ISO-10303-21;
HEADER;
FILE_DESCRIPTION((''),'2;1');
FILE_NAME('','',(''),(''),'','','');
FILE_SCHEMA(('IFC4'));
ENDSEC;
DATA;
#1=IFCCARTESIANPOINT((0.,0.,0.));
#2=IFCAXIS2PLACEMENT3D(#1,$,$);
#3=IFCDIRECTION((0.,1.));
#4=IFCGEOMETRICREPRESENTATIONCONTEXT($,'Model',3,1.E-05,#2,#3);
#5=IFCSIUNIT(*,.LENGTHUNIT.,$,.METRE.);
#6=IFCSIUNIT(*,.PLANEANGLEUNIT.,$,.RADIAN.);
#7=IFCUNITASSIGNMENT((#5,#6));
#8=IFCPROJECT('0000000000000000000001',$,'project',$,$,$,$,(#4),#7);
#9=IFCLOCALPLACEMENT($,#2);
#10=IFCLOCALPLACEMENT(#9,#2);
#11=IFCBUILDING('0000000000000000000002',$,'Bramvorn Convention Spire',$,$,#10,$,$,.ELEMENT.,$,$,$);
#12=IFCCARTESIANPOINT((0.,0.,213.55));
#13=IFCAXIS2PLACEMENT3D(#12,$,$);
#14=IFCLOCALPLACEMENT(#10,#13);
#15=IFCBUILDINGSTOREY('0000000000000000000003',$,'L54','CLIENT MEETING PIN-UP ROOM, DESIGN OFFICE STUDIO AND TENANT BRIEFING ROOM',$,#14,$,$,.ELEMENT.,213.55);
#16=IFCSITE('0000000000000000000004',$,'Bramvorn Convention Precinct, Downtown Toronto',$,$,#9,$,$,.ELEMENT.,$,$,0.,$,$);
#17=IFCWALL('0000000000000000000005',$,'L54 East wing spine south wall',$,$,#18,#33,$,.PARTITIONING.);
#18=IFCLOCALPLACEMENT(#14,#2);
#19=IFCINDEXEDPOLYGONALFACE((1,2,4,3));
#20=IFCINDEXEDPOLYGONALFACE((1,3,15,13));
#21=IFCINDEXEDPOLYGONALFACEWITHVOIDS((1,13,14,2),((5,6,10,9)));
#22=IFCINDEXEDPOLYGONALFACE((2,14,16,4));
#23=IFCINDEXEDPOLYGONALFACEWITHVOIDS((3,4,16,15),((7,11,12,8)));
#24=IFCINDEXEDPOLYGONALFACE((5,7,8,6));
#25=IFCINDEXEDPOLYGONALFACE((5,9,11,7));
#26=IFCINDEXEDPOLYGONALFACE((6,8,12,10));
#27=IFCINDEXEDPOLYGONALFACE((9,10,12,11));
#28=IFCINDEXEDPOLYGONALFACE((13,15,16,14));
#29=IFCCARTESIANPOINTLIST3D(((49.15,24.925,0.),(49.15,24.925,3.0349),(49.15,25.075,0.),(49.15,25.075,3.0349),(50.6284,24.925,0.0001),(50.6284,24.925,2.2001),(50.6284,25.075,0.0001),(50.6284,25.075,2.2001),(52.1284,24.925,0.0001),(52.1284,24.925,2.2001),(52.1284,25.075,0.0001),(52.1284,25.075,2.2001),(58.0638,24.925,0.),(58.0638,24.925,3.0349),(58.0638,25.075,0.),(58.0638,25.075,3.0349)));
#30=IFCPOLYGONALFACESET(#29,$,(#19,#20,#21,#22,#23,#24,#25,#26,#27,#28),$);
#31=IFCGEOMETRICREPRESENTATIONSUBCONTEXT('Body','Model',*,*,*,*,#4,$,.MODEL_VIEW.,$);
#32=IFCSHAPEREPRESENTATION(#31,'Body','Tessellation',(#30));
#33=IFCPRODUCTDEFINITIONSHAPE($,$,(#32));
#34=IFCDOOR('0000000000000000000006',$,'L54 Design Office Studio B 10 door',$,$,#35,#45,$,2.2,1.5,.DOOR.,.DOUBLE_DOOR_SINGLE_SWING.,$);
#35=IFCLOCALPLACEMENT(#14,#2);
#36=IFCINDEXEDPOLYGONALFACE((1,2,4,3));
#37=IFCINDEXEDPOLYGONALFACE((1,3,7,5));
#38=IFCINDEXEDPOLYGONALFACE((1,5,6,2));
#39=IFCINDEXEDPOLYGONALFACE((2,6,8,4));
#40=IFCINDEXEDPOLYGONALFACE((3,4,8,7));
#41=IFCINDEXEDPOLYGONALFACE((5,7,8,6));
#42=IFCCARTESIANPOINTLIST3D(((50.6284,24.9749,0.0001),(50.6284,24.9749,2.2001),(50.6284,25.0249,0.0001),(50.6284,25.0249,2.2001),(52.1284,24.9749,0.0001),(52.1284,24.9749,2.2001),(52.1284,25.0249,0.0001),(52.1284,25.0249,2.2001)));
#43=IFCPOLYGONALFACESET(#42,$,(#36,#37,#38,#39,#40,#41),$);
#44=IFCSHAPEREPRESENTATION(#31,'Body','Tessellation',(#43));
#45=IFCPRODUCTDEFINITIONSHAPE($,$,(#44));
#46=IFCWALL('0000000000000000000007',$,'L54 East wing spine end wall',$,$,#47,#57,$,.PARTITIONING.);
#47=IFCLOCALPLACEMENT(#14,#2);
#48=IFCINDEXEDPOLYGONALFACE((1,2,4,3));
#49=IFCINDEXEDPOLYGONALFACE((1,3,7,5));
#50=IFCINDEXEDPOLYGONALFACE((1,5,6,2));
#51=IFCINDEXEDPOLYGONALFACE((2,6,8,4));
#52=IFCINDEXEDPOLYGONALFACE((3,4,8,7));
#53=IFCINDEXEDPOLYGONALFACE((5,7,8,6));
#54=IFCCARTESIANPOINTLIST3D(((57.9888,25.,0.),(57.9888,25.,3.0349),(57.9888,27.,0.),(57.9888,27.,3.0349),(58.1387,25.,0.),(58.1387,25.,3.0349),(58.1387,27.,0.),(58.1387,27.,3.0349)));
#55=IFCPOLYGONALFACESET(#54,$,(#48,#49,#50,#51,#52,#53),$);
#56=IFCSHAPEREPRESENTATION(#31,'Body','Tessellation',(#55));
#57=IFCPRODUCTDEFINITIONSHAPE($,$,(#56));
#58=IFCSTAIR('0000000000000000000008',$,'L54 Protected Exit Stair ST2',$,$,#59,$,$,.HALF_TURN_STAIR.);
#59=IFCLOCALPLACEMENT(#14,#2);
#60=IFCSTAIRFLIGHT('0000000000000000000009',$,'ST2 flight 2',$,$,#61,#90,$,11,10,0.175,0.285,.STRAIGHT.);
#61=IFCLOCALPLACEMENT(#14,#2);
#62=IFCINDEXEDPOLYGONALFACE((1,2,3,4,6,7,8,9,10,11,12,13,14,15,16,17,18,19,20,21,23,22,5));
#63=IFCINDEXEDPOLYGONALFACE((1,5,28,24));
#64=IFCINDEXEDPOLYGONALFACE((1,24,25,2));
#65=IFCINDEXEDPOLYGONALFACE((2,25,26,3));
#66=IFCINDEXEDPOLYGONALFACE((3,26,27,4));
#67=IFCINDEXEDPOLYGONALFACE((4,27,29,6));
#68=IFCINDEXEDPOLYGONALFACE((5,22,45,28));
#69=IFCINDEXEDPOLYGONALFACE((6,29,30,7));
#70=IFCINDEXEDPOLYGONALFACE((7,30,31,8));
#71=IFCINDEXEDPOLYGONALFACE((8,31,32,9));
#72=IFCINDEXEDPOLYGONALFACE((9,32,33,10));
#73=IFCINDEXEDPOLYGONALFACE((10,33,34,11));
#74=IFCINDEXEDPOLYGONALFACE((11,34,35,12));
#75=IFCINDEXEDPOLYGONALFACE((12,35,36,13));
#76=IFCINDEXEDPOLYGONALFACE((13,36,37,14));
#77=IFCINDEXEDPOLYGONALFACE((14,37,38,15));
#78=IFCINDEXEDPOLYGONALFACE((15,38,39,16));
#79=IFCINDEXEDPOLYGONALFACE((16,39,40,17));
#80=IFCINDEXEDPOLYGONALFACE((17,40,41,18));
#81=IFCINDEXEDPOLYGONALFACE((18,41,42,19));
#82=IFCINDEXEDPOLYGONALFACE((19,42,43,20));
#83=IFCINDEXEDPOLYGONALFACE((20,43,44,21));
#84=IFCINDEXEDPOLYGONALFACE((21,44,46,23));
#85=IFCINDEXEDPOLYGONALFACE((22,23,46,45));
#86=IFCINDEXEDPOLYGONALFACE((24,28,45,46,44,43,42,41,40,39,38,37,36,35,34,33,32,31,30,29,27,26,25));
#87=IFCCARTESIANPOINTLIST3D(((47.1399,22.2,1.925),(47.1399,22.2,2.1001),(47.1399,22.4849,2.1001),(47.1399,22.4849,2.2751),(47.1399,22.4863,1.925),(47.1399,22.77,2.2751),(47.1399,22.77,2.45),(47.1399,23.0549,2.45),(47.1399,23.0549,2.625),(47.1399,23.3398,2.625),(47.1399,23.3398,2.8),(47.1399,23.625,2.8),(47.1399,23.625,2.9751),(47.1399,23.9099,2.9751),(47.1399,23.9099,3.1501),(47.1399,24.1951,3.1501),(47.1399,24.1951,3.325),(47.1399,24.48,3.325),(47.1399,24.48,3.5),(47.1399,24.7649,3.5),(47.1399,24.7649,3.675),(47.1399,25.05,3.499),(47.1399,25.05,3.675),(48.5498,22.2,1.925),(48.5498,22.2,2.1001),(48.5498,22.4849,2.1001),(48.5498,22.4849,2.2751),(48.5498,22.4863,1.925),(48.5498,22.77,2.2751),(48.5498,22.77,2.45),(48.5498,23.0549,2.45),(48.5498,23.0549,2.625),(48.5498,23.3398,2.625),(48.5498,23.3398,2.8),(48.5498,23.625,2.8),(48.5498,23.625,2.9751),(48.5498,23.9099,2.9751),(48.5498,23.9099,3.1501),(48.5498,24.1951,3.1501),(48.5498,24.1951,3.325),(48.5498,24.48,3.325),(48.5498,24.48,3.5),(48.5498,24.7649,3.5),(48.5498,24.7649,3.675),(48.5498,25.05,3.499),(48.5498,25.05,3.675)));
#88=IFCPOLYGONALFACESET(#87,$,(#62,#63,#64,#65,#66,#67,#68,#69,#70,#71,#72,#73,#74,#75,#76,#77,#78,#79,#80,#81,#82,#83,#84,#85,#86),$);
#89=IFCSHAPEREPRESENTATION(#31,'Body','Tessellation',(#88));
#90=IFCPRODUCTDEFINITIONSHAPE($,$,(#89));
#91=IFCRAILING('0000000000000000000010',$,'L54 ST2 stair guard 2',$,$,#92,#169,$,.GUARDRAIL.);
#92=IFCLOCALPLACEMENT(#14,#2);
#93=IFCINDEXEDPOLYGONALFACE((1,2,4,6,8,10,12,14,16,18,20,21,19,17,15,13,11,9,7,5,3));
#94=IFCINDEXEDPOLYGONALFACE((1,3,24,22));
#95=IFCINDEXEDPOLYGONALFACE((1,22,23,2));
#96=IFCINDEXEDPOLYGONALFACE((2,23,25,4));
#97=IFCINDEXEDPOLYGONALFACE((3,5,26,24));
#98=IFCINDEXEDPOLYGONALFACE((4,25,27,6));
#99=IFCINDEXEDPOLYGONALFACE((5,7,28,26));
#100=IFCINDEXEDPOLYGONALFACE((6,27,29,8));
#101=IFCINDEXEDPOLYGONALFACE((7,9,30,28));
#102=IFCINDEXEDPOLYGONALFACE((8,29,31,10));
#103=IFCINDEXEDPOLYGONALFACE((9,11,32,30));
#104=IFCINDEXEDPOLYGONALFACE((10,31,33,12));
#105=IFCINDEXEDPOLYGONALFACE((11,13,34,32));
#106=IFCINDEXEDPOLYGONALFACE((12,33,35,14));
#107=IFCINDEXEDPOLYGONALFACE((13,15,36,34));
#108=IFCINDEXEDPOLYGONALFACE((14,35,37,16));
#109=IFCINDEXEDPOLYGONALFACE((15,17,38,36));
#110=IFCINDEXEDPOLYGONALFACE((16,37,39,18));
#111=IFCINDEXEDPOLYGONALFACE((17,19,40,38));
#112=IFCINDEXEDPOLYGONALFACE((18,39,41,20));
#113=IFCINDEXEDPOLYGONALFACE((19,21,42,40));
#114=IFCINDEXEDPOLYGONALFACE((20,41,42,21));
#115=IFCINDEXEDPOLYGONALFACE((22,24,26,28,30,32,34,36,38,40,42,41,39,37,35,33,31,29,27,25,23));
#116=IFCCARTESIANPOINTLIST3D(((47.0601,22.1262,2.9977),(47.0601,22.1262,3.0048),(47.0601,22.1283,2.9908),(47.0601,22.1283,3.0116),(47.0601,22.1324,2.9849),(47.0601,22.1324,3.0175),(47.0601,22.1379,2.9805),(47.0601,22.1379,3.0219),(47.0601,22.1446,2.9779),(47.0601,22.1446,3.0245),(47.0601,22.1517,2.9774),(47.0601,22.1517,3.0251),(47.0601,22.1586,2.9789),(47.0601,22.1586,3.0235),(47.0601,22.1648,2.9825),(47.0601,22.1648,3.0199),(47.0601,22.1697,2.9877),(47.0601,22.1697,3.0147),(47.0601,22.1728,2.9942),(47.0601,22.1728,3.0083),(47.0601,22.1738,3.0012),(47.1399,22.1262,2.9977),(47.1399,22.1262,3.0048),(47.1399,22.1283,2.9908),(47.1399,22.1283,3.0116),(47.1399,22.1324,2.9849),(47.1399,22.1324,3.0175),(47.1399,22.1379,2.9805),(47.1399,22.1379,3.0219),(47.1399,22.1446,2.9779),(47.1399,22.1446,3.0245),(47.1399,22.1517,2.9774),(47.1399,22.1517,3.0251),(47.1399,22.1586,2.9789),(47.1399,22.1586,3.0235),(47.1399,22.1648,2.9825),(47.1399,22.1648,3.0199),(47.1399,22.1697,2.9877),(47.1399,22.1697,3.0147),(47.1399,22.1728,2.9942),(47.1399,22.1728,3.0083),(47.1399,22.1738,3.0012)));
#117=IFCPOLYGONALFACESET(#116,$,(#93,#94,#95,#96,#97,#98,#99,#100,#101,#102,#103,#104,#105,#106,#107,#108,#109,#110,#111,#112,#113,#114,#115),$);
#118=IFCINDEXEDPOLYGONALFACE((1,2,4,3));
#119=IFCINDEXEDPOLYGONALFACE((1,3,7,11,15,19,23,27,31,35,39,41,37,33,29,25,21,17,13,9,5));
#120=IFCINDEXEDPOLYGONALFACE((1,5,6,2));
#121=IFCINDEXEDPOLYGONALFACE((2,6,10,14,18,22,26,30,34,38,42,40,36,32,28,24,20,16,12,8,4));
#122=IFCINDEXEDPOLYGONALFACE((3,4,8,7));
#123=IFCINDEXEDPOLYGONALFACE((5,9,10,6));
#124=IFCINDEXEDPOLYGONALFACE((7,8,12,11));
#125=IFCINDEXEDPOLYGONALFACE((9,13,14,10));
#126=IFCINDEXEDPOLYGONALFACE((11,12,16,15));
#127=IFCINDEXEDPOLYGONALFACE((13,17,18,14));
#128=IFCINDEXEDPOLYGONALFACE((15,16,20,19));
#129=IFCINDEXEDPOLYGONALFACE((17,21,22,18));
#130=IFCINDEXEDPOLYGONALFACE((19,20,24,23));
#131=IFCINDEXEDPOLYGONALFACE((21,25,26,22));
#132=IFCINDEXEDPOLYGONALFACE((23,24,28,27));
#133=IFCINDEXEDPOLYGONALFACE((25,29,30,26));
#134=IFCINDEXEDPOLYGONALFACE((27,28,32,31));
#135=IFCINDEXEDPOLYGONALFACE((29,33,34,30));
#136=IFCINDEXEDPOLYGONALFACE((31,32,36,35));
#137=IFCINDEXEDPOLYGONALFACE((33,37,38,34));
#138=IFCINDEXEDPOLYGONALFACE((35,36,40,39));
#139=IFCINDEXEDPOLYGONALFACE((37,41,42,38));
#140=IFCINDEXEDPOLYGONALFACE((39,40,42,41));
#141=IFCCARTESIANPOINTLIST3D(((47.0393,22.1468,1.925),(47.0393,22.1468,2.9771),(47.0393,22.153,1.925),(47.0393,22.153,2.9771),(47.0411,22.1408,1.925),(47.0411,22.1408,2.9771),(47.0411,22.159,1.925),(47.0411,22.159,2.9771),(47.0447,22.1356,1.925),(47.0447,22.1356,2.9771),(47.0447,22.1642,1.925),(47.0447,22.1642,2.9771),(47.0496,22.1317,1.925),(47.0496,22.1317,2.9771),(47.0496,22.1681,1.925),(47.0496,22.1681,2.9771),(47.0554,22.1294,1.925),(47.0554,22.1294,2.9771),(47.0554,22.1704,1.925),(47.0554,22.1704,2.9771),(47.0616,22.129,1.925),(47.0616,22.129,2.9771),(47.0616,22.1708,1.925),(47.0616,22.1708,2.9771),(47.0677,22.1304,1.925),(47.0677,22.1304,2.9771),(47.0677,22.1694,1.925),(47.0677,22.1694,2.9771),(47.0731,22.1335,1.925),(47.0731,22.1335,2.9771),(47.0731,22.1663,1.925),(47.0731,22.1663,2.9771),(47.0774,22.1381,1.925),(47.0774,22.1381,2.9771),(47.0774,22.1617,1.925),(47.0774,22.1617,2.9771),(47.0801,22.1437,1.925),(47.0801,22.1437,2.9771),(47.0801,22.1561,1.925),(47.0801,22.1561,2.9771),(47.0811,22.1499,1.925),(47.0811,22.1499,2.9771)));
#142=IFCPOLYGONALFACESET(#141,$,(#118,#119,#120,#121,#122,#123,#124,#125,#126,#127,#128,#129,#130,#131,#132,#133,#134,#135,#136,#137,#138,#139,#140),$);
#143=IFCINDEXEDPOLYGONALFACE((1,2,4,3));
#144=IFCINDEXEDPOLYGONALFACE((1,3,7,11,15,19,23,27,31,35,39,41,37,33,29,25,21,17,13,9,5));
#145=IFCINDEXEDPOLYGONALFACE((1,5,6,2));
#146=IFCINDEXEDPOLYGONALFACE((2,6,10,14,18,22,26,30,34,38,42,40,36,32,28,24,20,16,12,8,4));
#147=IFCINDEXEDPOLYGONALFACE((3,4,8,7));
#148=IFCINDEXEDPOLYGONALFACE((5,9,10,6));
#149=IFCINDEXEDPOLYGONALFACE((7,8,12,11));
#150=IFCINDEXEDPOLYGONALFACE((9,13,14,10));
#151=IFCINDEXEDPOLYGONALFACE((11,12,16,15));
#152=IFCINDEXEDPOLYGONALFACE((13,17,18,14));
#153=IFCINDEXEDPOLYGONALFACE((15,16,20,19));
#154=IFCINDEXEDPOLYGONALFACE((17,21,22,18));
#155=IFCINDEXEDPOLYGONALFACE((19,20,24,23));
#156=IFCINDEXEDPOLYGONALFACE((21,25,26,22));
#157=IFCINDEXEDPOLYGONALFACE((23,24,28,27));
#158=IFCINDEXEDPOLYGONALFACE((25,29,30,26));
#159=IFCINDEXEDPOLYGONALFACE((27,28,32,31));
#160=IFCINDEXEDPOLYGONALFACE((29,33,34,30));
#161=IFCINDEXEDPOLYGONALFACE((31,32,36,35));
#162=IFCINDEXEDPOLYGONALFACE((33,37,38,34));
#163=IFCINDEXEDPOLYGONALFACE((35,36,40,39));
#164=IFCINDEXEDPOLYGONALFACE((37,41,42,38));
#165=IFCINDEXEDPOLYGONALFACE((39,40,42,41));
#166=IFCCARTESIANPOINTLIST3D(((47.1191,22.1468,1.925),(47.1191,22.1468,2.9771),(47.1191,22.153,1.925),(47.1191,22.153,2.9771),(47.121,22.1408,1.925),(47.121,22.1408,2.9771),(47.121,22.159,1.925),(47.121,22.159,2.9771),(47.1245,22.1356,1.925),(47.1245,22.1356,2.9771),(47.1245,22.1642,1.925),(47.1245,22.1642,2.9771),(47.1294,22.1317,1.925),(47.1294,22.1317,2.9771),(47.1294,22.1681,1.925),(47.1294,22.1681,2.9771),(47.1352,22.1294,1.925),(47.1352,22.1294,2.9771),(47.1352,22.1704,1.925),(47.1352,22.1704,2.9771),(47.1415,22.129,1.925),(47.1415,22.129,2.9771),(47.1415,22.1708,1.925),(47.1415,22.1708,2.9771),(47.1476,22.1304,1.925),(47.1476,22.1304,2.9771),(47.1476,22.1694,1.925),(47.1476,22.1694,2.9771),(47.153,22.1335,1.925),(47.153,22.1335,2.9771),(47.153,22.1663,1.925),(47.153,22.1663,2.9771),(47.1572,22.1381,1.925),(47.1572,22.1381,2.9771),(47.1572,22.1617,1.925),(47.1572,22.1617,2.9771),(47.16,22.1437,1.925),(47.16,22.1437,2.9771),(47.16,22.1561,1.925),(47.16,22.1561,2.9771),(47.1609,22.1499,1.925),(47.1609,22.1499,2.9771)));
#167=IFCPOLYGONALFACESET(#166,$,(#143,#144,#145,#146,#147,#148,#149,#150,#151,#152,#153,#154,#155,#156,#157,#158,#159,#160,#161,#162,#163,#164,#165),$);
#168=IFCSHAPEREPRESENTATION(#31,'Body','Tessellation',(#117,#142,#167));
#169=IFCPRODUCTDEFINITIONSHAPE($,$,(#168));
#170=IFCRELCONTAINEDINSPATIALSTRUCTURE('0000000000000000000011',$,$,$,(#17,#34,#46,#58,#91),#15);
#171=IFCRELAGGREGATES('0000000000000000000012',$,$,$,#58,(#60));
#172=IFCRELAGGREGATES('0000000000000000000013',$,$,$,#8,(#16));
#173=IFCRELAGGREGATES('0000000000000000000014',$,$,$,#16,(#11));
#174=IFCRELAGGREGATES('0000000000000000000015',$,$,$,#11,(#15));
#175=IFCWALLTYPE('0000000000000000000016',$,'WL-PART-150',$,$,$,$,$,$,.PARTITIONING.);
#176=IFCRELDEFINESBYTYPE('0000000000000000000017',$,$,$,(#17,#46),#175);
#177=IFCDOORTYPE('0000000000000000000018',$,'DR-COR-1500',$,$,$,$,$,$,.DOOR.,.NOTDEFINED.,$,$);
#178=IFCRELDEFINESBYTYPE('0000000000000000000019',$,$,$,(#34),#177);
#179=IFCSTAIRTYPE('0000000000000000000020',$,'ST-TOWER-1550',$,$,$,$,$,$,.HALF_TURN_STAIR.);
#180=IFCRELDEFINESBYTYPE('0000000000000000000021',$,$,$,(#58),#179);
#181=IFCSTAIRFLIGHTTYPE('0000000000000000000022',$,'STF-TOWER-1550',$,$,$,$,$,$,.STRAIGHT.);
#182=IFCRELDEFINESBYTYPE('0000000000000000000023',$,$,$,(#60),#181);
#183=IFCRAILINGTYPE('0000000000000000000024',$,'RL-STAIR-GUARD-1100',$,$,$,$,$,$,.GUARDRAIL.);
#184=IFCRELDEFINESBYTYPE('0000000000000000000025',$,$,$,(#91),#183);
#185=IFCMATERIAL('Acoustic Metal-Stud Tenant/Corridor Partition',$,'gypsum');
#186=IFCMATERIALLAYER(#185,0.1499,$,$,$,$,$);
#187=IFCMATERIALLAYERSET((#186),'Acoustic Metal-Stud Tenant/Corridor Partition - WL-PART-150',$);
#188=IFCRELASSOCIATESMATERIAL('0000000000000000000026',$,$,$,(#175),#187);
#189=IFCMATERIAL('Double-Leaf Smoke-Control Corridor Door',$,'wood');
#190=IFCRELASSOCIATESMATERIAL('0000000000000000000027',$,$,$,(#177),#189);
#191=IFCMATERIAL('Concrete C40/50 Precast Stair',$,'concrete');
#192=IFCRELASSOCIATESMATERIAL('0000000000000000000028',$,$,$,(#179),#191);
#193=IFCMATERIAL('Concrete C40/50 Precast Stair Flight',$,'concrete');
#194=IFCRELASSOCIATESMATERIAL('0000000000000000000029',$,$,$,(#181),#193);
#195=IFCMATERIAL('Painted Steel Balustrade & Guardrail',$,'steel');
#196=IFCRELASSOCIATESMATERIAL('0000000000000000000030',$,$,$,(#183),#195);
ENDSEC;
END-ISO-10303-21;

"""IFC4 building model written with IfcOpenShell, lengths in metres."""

from ifc_helpers import new_model, si_unit, direction, frame, frame_2d, origin, origin_2d, place, context, subcontext, project, spatial, polyline, rectangle, circle, outline, extrude, material, layer, layer_set, type_object, element, fill, aggregate, save


model = new_model("IFC4")

# Units and contexts
model_context = context("Model", 3, precision=1e-05, world=origin(), true_north=direction((0.0, 1.0)))
body_context = subcontext(model_context, "Body", "Model", "MODEL_VIEW")
ifc_project = project(units=[si_unit("LENGTHUNIT", "METRE"), si_unit("PLANEANGLEUNIT", "RADIAN")], contexts=[model_context])

# Site, building, storey
site_placement = place(None, origin())
site = spatial("IfcSite", under=ifc_project, at=site_placement, Name="Bramvorn Convention Precinct, Downtown Toronto", CompositionType="ELEMENT", RefElevation=0.0)
building_placement = place(site_placement, origin())
building = spatial("IfcBuilding", under=site, at=building_placement, Name="Bramvorn Convention Spire", CompositionType="ELEMENT")
storey_placement = place(building_placement, frame((0.0, 0.0, 213.55)))
storey = spatial("IfcBuildingStorey", under=building, at=storey_placement, Name="L54", Description="CLIENT MEETING PIN-UP ROOM, DESIGN OFFICE STUDIO AND TENANT BRIEFING ROOM", CompositionType="ELEMENT", Elevation=213.55)

# Shared definitions
ifc_material_1 = material(Name="Acoustic Metal-Stud Tenant/Corridor Partition", Category="gypsum")
ifc_layer_1 = layer(ifc_material_1, 0.1499)
ifc_layer_set_1 = layer_set([ifc_layer_1], Name="Acoustic Metal-Stud Tenant/Corridor Partition - WL-PART-150")
wall_type_1 = type_object("IfcWallType", Name="WL-PART-150", PredefinedType="PARTITIONING", material=ifc_layer_set_1)
ifc_material_2 = material(Name="Double-Leaf Smoke-Control Corridor Door", Category="wood")
door_type = type_object("IfcDoorType", Name="DR-COR-1500", OperationType="NOTDEFINED", PredefinedType="DOOR", material=ifc_material_2)

# Wall, opening, door
wall_1_placement = place(storey_placement, frame((49.1499, 25.0, 0.0), z_axis=(0.0, 0.0, 1.0), x_axis=(1.0, 0.0, 0.0)))
wall_1 = element("IfcWall", 1, at=wall_1_placement, inside=storey, type_object=wall_type_1, Name="L54 East wing spine south wall", PredefinedType="PARTITIONING", context=body_context, shape_type="SweptSolid", body=[
    extrude(rectangle(XDim=8.9138, YDim=0.1499, at=frame_2d((4.457, 0.0))), origin(), (0.0, 0.0, 1.0), 3.0349),
])
opening_1_placement = place(wall_1_placement, frame((1.4785, 0.0, 0.0)))
opening_1 = element("IfcOpeningElement", 2, at=opening_1_placement, cuts=wall_1, PredefinedType="OPENING", context=body_context, shape_type="SweptSolid", body=[
    extrude(rectangle(XDim=1.5, YDim=2.2, at=frame_2d((0.75, 1.1001))), frame((0.0, 0.085, 0.0), z_axis=(0.0, -1.0, 0.0), x_axis=(1.0, 0.0, 0.0)), (0.0, 0.0, 1.0), 0.1699),
])
door_1_placement = place(opening_1_placement, origin())
door_1 = element("IfcDoor", 3, at=door_1_placement, inside=storey, type_object=door_type, Name="L54 Design Office Studio B 10 door", OperationType="DOUBLE_DOOR_SINGLE_SWING", OverallHeight=2.2, OverallWidth=1.5, PredefinedType="DOOR", context=body_context, shape_type="SweptSolid", body=[
    extrude(rectangle(XDim=1.5, YDim=2.2, at=frame_2d((0.75, 1.1001))), frame((0.0, 0.0249, 0.0), z_axis=(0.0, -1.0, 0.0), x_axis=(1.0, 0.0, 0.0)), (0.0, 0.0, 1.0), 0.05),
])
fill(opening_1, door_1)

# Wall
wall_2_placement = place(storey_placement, frame((58.0637, 25.0, 0.0), z_axis=(0.0, 0.0, 1.0), x_axis=(0.0, 1.0, 0.0)))
element("IfcWall", 4, at=wall_2_placement, inside=storey, type_object=wall_type_1, Name="L54 East wing spine end wall", PredefinedType="PARTITIONING", context=body_context, shape_type="SweptSolid", body=[
    extrude(rectangle(XDim=2.0, YDim=0.1499, at=frame_2d((1.0, 0.0))), origin(), (0.0, 0.0, 1.0), 3.0349),
])

# Stair, stair flight
ifc_material_3 = material(Name="Concrete C40/50 Precast Stair", Category="concrete")
stair_type = type_object("IfcStairType", Name="ST-TOWER-1550", PredefinedType="HALF_TURN_STAIR", material=ifc_material_3)
stair_placement = place(storey_placement, origin())
stair = element("IfcStair", 5, at=stair_placement, inside=storey, type_object=stair_type, Name="L54 Protected Exit Stair ST2", PredefinedType="HALF_TURN_STAIR")
ifc_material_4 = material(Name="Concrete C40/50 Precast Stair Flight", Category="concrete")
stair_flight_type = type_object("IfcStairFlightType", Name="STF-TOWER-1550", PredefinedType="STRAIGHT", material=ifc_material_4)
stair_flight_placement = place(storey_placement, frame((47.845, 22.2, 1.925), z_axis=(0.0, 0.0, 1.0), x_axis=(0.0, 1.0, 0.0)))
stair_flight = element("IfcStairFlight", 6, at=stair_flight_placement, type_object=stair_flight_type, Name="ST2 flight 2", NumberOfRisers=11, NumberOfTreads=10, PredefinedType="STRAIGHT", RiserHeight=0.175, TreadLength=0.285, context=body_context, shape_type="SweptSolid", body=[
    extrude(outline(polyline([(0.0, 0.0), (0.0, 0.175), (0.2849, 0.175), (0.2849, 0.3501), (0.5701, 0.3501), (0.5701, 0.5249), (0.855, 0.5249), (0.855, 0.7), (1.1399, 0.7), (1.1399, 0.875), (1.425, 0.875), (1.425, 1.05), (1.71, 1.05), (1.71, 1.2251), (1.9951, 1.2251), (1.9951, 1.3999), (2.28, 1.3999), (2.28, 1.575), (2.5649, 1.575), (2.5649, 1.75), (2.8501, 1.75), (2.8501, 1.925), (2.8501, 1.574), (0.2864, 0.0), (0.0, 0.0)])), frame((0.0, 0.7051, 0.0), z_axis=(0.0, -1.0, 0.0), x_axis=(1.0, 0.0, 0.0)), (0.0, 0.0, 1.0), 1.4099),
])
aggregate(stair, [stair_flight])

# Railing
ifc_material_5 = material(Name="Painted Steel Balustrade & Guardrail", Category="steel")
railing_type_1 = type_object("IfcRailingType", Name="RL-STAIR-GUARD-1100", PredefinedType="GUARDRAIL", material=ifc_material_5)
railing_1_placement = place(storey_placement, frame((47.0601, 22.1499, 1.925)))
element("IfcRailing", 7, at=railing_1_placement, inside=storey, type_object=railing_type_1, Name="L54 ST2 stair guard 2", PredefinedType="GUARDRAIL", context=body_context, shape_type="SweptSolid", body=[
    extrude(circle(Radius=0.0239, at=origin_2d()), frame((0.0, 0.0, 1.0762), z_axis=(1.0, 0.0, 0.0), x_axis=(0.0, 1.0, 0.0)), (0.0, 0.0, 1.0), 0.0798),
    extrude(circle(Radius=0.021, at=origin_2d()), origin(), (0.0, 0.0, 1.0), 1.052),
    extrude(circle(Radius=0.021, at=origin_2d()), frame((0.0798, 0.0, 0.0)), (0.0, 0.0, 1.0), 1.052),
])

save(model, "model.ifc")
